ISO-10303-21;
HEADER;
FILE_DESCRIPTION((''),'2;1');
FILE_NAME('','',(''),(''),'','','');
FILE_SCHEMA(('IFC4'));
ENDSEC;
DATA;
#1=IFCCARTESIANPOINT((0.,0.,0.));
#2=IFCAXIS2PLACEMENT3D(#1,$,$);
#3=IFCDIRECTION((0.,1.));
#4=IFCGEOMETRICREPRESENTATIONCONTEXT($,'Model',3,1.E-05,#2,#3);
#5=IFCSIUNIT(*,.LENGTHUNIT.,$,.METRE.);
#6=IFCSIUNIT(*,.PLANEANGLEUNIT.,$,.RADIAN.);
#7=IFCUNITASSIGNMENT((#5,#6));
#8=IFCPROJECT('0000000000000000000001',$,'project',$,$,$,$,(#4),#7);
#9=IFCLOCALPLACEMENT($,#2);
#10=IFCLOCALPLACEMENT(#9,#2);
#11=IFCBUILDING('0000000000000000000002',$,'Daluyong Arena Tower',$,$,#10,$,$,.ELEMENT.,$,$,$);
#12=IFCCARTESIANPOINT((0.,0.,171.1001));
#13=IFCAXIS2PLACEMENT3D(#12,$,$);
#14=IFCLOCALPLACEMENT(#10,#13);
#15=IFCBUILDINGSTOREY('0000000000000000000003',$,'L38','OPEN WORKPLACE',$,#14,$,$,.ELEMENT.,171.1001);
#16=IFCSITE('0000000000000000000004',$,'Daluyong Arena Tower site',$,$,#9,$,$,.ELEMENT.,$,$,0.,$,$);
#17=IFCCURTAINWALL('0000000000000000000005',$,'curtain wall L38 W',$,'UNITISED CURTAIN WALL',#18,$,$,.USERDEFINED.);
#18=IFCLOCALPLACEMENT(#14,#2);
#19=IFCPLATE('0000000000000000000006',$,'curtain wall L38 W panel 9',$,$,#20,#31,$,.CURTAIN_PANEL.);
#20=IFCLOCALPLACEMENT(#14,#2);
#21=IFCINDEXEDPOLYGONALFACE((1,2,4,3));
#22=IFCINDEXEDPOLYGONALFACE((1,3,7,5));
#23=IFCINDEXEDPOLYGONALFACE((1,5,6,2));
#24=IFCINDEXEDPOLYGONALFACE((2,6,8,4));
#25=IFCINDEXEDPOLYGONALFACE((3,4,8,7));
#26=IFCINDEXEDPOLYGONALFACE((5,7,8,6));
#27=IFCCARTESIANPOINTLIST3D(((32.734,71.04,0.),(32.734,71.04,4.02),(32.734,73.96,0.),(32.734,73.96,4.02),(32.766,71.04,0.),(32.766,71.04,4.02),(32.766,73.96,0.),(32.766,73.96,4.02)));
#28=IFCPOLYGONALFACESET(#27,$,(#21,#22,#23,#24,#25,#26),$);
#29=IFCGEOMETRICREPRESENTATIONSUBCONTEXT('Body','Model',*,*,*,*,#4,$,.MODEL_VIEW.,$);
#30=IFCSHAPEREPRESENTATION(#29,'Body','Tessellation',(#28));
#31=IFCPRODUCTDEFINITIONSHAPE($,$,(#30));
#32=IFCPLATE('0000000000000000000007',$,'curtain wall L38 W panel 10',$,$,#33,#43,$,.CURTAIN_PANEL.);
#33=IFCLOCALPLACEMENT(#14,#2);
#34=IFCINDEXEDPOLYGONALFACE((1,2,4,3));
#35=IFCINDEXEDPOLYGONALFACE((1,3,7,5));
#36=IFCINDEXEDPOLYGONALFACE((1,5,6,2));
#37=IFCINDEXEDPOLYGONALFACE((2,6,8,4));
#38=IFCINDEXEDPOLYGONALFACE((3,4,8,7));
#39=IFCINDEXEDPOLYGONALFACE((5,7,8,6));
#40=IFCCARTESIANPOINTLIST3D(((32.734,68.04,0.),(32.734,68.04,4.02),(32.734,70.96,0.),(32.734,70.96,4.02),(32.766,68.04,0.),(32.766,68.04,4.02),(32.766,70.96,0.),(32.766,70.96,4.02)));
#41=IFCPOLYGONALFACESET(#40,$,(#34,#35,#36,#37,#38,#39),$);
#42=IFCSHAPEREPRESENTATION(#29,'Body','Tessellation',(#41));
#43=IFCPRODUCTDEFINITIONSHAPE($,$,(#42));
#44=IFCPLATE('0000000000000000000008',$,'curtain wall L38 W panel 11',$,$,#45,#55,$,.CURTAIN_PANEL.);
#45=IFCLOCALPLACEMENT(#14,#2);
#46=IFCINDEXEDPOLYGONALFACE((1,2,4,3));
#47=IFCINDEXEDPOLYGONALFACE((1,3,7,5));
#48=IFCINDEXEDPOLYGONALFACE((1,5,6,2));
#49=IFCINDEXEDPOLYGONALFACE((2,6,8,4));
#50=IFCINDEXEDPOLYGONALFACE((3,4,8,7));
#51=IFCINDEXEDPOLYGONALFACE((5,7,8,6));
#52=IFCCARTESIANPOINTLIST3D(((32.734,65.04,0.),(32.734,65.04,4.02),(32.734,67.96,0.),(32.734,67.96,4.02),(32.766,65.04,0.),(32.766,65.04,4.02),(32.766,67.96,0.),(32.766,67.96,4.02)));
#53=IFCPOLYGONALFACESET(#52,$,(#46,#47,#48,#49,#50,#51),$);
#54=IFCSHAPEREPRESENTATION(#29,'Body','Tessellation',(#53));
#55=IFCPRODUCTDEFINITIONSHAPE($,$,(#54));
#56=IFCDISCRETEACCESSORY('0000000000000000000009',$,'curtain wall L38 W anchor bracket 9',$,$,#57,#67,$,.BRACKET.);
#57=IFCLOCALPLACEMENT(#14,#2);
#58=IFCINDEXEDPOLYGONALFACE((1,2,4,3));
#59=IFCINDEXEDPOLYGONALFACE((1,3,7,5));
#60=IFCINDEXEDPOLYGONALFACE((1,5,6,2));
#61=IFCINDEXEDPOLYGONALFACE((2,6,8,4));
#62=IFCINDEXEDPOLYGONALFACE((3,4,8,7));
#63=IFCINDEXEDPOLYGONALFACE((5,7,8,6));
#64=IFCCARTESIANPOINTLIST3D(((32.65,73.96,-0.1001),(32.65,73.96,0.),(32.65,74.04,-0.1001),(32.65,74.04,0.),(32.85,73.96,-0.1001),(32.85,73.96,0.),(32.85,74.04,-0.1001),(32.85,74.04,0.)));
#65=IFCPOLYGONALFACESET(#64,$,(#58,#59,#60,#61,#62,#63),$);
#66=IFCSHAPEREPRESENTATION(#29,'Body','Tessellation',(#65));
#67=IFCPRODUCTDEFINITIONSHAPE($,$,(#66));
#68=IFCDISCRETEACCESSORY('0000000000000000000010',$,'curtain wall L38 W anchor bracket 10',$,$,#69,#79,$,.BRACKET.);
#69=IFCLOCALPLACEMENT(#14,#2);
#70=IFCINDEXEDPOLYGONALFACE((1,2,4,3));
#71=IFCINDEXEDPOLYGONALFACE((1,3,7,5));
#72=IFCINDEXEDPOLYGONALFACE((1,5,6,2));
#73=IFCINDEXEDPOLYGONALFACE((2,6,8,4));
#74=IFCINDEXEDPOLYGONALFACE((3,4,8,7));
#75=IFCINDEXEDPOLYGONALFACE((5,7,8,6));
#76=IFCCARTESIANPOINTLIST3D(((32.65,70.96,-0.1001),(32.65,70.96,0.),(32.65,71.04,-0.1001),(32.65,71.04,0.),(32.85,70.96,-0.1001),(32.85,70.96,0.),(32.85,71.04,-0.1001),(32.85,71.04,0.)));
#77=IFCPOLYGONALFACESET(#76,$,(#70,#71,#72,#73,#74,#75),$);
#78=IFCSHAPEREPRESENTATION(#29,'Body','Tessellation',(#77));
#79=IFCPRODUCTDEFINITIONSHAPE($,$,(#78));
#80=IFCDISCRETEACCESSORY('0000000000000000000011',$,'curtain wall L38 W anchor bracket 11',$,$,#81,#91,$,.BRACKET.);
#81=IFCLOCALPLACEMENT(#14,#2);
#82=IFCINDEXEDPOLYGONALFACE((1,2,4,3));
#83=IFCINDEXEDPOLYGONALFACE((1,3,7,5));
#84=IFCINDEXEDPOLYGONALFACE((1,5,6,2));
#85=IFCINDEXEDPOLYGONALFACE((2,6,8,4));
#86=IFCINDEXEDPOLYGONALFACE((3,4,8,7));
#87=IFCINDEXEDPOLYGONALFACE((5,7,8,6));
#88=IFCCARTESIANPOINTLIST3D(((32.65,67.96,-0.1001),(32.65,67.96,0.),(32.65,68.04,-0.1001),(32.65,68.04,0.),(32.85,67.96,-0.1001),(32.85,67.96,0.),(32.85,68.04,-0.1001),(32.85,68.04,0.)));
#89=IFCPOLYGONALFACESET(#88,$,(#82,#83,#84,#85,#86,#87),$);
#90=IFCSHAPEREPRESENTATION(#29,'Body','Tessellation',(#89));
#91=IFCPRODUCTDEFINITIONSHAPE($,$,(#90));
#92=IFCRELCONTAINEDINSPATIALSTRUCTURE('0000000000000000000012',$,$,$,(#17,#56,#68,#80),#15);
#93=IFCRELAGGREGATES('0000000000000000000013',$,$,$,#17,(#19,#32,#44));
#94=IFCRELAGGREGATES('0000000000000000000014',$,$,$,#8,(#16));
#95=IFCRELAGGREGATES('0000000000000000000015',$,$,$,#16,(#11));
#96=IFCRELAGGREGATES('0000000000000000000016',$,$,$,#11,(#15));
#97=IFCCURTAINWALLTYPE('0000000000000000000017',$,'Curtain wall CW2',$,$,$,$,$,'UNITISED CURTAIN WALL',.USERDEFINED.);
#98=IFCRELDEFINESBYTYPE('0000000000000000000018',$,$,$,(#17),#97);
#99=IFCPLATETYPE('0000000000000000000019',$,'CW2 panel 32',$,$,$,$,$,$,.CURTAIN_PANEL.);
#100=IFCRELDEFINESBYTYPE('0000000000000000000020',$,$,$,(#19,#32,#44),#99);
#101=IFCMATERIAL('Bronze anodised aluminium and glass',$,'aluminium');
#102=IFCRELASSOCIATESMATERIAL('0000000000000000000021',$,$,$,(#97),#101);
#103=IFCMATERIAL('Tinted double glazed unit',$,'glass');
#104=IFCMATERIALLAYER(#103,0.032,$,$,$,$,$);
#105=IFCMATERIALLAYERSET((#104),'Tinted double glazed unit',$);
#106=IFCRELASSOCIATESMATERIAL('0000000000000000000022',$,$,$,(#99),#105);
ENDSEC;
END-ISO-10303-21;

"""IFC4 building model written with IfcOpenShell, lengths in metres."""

from ifc_helpers import new_model, si_unit, direction, frame, origin, origin_2d, place, context, subcontext, project, spatial, rectangle, extrude, material, layer, layer_set, type_object, element, aggregate, save


model = new_model("IFC4")

# Units and contexts
model_context = context("Model", 3, precision=1e-05, world=origin(), true_north=direction((0.0, 1.0)))
body_context = subcontext(model_context, "Body", "Model", "MODEL_VIEW")
ifc_project = project(units=[si_unit("LENGTHUNIT", "METRE"), si_unit("PLANEANGLEUNIT", "RADIAN")], contexts=[model_context])

# Site, building, storey
site_placement = place(None, origin())
site = spatial("IfcSite", under=ifc_project, at=site_placement, Name="Daluyong Arena Tower site", CompositionType="ELEMENT", RefElevation=0.0)
building_placement = place(site_placement, origin())
building = spatial("IfcBuilding", under=site, at=building_placement, Name="Daluyong Arena Tower", CompositionType="ELEMENT")
storey_placement = place(building_placement, frame((0.0, 0.0, 171.1001)))
storey = spatial("IfcBuildingStorey", under=building, at=storey_placement, Name="L38", Description="OPEN WORKPLACE", CompositionType="ELEMENT", Elevation=171.1001)

# Curtain wall
ifc_material_1 = material(Name="Bronze anodised aluminium and glass", Category="aluminium")
curtain_wall_type = type_object("IfcCurtainWallType", Name="Curtain wall CW2", ElementType="UNITISED CURTAIN WALL", PredefinedType="USERDEFINED", material=ifc_material_1)
curtain_wall_placement = place(storey_placement, origin())
curtain_wall = element("IfcCurtainWall", 1, at=curtain_wall_placement, inside=storey, type_object=curtain_wall_type, Name="curtain wall L38 W", ObjectType="UNITISED CURTAIN WALL", PredefinedType="USERDEFINED")

# Plates
ifc_material_2 = material(Name="Tinted double glazed unit", Category="glass")
ifc_layer = layer(ifc_material_2, 0.032)
ifc_layer_set = layer_set([ifc_layer], Name="Tinted double glazed unit")
plate_type = type_object("IfcPlateType", Name="CW2 panel 32", PredefinedType="CURTAIN_PANEL", material=ifc_layer_set)
plate_1_placement = place(storey_placement, frame((32.75, 72.5, 0.0), z_axis=(0.0, 0.0, 1.0), x_axis=(0.0, -1.0, 0.0)))
plate_1 = element("IfcPlate", 2, at=plate_1_placement, type_object=plate_type, Name="curtain wall L38 W panel 9", PredefinedType="CURTAIN_PANEL", context=body_context, shape_type="SweptSolid", body=[
    extrude(rectangle(XDim=2.9199, YDim=0.032, at=origin_2d()), origin(), (0.0, 0.0, 1.0), 4.02),
])
plate_2_placement = place(storey_placement, frame((32.75, 69.5, 0.0), z_axis=(0.0, 0.0, 1.0), x_axis=(0.0, -1.0, 0.0)))
plate_2 = element("IfcPlate", 3, at=plate_2_placement, type_object=plate_type, Name="curtain wall L38 W panel 10", PredefinedType="CURTAIN_PANEL", context=body_context, shape_type="SweptSolid", body=[
    extrude(rectangle(XDim=2.9199, YDim=0.032, at=origin_2d()), origin(), (0.0, 0.0, 1.0), 4.02),
])
plate_3_placement = place(storey_placement, frame((32.75, 66.5, 0.0), z_axis=(0.0, 0.0, 1.0), x_axis=(0.0, -1.0, 0.0)))
plate_3 = element("IfcPlate", 4, at=plate_3_placement, type_object=plate_type, Name="curtain wall L38 W panel 11", PredefinedType="CURTAIN_PANEL", context=body_context, shape_type="SweptSolid", body=[
    extrude(rectangle(XDim=2.9199, YDim=0.032, at=origin_2d()), origin(), (0.0, 0.0, 1.0), 4.02),
])
aggregate(curtain_wall, [plate_1, plate_2, plate_3])

# Discrete accessories
for number, where, z_axis, x_axis, name in (
    (5, (32.75, 74.0, -0.1001), (0.0, 0.0, 1.0), (0.0, -1.0, 0.0), "curtain wall L38 W anchor bracket 9"),
    (6, (32.75, 71.0, -0.1001), (0.0, 0.0, 1.0), (0.0, -1.0, 0.0), "curtain wall L38 W anchor bracket 10"),
    (7, (32.75, 68.0, -0.1001), (0.0, 0.0, 1.0), (0.0, -1.0, 0.0), "curtain wall L38 W anchor bracket 11"),
):
    element("IfcDiscreteAccessory", number, at=place(storey_placement, frame(where, z_axis=z_axis, x_axis=x_axis)), inside=storey, Name=name, PredefinedType="BRACKET", context=body_context, shape_type="SweptSolid", body=[
        extrude(rectangle(XDim=0.0801, YDim=0.2, at=origin_2d()), origin(), (0.0, 0.0, 1.0), 0.1001),
    ])

save(model, "model.ifc")
